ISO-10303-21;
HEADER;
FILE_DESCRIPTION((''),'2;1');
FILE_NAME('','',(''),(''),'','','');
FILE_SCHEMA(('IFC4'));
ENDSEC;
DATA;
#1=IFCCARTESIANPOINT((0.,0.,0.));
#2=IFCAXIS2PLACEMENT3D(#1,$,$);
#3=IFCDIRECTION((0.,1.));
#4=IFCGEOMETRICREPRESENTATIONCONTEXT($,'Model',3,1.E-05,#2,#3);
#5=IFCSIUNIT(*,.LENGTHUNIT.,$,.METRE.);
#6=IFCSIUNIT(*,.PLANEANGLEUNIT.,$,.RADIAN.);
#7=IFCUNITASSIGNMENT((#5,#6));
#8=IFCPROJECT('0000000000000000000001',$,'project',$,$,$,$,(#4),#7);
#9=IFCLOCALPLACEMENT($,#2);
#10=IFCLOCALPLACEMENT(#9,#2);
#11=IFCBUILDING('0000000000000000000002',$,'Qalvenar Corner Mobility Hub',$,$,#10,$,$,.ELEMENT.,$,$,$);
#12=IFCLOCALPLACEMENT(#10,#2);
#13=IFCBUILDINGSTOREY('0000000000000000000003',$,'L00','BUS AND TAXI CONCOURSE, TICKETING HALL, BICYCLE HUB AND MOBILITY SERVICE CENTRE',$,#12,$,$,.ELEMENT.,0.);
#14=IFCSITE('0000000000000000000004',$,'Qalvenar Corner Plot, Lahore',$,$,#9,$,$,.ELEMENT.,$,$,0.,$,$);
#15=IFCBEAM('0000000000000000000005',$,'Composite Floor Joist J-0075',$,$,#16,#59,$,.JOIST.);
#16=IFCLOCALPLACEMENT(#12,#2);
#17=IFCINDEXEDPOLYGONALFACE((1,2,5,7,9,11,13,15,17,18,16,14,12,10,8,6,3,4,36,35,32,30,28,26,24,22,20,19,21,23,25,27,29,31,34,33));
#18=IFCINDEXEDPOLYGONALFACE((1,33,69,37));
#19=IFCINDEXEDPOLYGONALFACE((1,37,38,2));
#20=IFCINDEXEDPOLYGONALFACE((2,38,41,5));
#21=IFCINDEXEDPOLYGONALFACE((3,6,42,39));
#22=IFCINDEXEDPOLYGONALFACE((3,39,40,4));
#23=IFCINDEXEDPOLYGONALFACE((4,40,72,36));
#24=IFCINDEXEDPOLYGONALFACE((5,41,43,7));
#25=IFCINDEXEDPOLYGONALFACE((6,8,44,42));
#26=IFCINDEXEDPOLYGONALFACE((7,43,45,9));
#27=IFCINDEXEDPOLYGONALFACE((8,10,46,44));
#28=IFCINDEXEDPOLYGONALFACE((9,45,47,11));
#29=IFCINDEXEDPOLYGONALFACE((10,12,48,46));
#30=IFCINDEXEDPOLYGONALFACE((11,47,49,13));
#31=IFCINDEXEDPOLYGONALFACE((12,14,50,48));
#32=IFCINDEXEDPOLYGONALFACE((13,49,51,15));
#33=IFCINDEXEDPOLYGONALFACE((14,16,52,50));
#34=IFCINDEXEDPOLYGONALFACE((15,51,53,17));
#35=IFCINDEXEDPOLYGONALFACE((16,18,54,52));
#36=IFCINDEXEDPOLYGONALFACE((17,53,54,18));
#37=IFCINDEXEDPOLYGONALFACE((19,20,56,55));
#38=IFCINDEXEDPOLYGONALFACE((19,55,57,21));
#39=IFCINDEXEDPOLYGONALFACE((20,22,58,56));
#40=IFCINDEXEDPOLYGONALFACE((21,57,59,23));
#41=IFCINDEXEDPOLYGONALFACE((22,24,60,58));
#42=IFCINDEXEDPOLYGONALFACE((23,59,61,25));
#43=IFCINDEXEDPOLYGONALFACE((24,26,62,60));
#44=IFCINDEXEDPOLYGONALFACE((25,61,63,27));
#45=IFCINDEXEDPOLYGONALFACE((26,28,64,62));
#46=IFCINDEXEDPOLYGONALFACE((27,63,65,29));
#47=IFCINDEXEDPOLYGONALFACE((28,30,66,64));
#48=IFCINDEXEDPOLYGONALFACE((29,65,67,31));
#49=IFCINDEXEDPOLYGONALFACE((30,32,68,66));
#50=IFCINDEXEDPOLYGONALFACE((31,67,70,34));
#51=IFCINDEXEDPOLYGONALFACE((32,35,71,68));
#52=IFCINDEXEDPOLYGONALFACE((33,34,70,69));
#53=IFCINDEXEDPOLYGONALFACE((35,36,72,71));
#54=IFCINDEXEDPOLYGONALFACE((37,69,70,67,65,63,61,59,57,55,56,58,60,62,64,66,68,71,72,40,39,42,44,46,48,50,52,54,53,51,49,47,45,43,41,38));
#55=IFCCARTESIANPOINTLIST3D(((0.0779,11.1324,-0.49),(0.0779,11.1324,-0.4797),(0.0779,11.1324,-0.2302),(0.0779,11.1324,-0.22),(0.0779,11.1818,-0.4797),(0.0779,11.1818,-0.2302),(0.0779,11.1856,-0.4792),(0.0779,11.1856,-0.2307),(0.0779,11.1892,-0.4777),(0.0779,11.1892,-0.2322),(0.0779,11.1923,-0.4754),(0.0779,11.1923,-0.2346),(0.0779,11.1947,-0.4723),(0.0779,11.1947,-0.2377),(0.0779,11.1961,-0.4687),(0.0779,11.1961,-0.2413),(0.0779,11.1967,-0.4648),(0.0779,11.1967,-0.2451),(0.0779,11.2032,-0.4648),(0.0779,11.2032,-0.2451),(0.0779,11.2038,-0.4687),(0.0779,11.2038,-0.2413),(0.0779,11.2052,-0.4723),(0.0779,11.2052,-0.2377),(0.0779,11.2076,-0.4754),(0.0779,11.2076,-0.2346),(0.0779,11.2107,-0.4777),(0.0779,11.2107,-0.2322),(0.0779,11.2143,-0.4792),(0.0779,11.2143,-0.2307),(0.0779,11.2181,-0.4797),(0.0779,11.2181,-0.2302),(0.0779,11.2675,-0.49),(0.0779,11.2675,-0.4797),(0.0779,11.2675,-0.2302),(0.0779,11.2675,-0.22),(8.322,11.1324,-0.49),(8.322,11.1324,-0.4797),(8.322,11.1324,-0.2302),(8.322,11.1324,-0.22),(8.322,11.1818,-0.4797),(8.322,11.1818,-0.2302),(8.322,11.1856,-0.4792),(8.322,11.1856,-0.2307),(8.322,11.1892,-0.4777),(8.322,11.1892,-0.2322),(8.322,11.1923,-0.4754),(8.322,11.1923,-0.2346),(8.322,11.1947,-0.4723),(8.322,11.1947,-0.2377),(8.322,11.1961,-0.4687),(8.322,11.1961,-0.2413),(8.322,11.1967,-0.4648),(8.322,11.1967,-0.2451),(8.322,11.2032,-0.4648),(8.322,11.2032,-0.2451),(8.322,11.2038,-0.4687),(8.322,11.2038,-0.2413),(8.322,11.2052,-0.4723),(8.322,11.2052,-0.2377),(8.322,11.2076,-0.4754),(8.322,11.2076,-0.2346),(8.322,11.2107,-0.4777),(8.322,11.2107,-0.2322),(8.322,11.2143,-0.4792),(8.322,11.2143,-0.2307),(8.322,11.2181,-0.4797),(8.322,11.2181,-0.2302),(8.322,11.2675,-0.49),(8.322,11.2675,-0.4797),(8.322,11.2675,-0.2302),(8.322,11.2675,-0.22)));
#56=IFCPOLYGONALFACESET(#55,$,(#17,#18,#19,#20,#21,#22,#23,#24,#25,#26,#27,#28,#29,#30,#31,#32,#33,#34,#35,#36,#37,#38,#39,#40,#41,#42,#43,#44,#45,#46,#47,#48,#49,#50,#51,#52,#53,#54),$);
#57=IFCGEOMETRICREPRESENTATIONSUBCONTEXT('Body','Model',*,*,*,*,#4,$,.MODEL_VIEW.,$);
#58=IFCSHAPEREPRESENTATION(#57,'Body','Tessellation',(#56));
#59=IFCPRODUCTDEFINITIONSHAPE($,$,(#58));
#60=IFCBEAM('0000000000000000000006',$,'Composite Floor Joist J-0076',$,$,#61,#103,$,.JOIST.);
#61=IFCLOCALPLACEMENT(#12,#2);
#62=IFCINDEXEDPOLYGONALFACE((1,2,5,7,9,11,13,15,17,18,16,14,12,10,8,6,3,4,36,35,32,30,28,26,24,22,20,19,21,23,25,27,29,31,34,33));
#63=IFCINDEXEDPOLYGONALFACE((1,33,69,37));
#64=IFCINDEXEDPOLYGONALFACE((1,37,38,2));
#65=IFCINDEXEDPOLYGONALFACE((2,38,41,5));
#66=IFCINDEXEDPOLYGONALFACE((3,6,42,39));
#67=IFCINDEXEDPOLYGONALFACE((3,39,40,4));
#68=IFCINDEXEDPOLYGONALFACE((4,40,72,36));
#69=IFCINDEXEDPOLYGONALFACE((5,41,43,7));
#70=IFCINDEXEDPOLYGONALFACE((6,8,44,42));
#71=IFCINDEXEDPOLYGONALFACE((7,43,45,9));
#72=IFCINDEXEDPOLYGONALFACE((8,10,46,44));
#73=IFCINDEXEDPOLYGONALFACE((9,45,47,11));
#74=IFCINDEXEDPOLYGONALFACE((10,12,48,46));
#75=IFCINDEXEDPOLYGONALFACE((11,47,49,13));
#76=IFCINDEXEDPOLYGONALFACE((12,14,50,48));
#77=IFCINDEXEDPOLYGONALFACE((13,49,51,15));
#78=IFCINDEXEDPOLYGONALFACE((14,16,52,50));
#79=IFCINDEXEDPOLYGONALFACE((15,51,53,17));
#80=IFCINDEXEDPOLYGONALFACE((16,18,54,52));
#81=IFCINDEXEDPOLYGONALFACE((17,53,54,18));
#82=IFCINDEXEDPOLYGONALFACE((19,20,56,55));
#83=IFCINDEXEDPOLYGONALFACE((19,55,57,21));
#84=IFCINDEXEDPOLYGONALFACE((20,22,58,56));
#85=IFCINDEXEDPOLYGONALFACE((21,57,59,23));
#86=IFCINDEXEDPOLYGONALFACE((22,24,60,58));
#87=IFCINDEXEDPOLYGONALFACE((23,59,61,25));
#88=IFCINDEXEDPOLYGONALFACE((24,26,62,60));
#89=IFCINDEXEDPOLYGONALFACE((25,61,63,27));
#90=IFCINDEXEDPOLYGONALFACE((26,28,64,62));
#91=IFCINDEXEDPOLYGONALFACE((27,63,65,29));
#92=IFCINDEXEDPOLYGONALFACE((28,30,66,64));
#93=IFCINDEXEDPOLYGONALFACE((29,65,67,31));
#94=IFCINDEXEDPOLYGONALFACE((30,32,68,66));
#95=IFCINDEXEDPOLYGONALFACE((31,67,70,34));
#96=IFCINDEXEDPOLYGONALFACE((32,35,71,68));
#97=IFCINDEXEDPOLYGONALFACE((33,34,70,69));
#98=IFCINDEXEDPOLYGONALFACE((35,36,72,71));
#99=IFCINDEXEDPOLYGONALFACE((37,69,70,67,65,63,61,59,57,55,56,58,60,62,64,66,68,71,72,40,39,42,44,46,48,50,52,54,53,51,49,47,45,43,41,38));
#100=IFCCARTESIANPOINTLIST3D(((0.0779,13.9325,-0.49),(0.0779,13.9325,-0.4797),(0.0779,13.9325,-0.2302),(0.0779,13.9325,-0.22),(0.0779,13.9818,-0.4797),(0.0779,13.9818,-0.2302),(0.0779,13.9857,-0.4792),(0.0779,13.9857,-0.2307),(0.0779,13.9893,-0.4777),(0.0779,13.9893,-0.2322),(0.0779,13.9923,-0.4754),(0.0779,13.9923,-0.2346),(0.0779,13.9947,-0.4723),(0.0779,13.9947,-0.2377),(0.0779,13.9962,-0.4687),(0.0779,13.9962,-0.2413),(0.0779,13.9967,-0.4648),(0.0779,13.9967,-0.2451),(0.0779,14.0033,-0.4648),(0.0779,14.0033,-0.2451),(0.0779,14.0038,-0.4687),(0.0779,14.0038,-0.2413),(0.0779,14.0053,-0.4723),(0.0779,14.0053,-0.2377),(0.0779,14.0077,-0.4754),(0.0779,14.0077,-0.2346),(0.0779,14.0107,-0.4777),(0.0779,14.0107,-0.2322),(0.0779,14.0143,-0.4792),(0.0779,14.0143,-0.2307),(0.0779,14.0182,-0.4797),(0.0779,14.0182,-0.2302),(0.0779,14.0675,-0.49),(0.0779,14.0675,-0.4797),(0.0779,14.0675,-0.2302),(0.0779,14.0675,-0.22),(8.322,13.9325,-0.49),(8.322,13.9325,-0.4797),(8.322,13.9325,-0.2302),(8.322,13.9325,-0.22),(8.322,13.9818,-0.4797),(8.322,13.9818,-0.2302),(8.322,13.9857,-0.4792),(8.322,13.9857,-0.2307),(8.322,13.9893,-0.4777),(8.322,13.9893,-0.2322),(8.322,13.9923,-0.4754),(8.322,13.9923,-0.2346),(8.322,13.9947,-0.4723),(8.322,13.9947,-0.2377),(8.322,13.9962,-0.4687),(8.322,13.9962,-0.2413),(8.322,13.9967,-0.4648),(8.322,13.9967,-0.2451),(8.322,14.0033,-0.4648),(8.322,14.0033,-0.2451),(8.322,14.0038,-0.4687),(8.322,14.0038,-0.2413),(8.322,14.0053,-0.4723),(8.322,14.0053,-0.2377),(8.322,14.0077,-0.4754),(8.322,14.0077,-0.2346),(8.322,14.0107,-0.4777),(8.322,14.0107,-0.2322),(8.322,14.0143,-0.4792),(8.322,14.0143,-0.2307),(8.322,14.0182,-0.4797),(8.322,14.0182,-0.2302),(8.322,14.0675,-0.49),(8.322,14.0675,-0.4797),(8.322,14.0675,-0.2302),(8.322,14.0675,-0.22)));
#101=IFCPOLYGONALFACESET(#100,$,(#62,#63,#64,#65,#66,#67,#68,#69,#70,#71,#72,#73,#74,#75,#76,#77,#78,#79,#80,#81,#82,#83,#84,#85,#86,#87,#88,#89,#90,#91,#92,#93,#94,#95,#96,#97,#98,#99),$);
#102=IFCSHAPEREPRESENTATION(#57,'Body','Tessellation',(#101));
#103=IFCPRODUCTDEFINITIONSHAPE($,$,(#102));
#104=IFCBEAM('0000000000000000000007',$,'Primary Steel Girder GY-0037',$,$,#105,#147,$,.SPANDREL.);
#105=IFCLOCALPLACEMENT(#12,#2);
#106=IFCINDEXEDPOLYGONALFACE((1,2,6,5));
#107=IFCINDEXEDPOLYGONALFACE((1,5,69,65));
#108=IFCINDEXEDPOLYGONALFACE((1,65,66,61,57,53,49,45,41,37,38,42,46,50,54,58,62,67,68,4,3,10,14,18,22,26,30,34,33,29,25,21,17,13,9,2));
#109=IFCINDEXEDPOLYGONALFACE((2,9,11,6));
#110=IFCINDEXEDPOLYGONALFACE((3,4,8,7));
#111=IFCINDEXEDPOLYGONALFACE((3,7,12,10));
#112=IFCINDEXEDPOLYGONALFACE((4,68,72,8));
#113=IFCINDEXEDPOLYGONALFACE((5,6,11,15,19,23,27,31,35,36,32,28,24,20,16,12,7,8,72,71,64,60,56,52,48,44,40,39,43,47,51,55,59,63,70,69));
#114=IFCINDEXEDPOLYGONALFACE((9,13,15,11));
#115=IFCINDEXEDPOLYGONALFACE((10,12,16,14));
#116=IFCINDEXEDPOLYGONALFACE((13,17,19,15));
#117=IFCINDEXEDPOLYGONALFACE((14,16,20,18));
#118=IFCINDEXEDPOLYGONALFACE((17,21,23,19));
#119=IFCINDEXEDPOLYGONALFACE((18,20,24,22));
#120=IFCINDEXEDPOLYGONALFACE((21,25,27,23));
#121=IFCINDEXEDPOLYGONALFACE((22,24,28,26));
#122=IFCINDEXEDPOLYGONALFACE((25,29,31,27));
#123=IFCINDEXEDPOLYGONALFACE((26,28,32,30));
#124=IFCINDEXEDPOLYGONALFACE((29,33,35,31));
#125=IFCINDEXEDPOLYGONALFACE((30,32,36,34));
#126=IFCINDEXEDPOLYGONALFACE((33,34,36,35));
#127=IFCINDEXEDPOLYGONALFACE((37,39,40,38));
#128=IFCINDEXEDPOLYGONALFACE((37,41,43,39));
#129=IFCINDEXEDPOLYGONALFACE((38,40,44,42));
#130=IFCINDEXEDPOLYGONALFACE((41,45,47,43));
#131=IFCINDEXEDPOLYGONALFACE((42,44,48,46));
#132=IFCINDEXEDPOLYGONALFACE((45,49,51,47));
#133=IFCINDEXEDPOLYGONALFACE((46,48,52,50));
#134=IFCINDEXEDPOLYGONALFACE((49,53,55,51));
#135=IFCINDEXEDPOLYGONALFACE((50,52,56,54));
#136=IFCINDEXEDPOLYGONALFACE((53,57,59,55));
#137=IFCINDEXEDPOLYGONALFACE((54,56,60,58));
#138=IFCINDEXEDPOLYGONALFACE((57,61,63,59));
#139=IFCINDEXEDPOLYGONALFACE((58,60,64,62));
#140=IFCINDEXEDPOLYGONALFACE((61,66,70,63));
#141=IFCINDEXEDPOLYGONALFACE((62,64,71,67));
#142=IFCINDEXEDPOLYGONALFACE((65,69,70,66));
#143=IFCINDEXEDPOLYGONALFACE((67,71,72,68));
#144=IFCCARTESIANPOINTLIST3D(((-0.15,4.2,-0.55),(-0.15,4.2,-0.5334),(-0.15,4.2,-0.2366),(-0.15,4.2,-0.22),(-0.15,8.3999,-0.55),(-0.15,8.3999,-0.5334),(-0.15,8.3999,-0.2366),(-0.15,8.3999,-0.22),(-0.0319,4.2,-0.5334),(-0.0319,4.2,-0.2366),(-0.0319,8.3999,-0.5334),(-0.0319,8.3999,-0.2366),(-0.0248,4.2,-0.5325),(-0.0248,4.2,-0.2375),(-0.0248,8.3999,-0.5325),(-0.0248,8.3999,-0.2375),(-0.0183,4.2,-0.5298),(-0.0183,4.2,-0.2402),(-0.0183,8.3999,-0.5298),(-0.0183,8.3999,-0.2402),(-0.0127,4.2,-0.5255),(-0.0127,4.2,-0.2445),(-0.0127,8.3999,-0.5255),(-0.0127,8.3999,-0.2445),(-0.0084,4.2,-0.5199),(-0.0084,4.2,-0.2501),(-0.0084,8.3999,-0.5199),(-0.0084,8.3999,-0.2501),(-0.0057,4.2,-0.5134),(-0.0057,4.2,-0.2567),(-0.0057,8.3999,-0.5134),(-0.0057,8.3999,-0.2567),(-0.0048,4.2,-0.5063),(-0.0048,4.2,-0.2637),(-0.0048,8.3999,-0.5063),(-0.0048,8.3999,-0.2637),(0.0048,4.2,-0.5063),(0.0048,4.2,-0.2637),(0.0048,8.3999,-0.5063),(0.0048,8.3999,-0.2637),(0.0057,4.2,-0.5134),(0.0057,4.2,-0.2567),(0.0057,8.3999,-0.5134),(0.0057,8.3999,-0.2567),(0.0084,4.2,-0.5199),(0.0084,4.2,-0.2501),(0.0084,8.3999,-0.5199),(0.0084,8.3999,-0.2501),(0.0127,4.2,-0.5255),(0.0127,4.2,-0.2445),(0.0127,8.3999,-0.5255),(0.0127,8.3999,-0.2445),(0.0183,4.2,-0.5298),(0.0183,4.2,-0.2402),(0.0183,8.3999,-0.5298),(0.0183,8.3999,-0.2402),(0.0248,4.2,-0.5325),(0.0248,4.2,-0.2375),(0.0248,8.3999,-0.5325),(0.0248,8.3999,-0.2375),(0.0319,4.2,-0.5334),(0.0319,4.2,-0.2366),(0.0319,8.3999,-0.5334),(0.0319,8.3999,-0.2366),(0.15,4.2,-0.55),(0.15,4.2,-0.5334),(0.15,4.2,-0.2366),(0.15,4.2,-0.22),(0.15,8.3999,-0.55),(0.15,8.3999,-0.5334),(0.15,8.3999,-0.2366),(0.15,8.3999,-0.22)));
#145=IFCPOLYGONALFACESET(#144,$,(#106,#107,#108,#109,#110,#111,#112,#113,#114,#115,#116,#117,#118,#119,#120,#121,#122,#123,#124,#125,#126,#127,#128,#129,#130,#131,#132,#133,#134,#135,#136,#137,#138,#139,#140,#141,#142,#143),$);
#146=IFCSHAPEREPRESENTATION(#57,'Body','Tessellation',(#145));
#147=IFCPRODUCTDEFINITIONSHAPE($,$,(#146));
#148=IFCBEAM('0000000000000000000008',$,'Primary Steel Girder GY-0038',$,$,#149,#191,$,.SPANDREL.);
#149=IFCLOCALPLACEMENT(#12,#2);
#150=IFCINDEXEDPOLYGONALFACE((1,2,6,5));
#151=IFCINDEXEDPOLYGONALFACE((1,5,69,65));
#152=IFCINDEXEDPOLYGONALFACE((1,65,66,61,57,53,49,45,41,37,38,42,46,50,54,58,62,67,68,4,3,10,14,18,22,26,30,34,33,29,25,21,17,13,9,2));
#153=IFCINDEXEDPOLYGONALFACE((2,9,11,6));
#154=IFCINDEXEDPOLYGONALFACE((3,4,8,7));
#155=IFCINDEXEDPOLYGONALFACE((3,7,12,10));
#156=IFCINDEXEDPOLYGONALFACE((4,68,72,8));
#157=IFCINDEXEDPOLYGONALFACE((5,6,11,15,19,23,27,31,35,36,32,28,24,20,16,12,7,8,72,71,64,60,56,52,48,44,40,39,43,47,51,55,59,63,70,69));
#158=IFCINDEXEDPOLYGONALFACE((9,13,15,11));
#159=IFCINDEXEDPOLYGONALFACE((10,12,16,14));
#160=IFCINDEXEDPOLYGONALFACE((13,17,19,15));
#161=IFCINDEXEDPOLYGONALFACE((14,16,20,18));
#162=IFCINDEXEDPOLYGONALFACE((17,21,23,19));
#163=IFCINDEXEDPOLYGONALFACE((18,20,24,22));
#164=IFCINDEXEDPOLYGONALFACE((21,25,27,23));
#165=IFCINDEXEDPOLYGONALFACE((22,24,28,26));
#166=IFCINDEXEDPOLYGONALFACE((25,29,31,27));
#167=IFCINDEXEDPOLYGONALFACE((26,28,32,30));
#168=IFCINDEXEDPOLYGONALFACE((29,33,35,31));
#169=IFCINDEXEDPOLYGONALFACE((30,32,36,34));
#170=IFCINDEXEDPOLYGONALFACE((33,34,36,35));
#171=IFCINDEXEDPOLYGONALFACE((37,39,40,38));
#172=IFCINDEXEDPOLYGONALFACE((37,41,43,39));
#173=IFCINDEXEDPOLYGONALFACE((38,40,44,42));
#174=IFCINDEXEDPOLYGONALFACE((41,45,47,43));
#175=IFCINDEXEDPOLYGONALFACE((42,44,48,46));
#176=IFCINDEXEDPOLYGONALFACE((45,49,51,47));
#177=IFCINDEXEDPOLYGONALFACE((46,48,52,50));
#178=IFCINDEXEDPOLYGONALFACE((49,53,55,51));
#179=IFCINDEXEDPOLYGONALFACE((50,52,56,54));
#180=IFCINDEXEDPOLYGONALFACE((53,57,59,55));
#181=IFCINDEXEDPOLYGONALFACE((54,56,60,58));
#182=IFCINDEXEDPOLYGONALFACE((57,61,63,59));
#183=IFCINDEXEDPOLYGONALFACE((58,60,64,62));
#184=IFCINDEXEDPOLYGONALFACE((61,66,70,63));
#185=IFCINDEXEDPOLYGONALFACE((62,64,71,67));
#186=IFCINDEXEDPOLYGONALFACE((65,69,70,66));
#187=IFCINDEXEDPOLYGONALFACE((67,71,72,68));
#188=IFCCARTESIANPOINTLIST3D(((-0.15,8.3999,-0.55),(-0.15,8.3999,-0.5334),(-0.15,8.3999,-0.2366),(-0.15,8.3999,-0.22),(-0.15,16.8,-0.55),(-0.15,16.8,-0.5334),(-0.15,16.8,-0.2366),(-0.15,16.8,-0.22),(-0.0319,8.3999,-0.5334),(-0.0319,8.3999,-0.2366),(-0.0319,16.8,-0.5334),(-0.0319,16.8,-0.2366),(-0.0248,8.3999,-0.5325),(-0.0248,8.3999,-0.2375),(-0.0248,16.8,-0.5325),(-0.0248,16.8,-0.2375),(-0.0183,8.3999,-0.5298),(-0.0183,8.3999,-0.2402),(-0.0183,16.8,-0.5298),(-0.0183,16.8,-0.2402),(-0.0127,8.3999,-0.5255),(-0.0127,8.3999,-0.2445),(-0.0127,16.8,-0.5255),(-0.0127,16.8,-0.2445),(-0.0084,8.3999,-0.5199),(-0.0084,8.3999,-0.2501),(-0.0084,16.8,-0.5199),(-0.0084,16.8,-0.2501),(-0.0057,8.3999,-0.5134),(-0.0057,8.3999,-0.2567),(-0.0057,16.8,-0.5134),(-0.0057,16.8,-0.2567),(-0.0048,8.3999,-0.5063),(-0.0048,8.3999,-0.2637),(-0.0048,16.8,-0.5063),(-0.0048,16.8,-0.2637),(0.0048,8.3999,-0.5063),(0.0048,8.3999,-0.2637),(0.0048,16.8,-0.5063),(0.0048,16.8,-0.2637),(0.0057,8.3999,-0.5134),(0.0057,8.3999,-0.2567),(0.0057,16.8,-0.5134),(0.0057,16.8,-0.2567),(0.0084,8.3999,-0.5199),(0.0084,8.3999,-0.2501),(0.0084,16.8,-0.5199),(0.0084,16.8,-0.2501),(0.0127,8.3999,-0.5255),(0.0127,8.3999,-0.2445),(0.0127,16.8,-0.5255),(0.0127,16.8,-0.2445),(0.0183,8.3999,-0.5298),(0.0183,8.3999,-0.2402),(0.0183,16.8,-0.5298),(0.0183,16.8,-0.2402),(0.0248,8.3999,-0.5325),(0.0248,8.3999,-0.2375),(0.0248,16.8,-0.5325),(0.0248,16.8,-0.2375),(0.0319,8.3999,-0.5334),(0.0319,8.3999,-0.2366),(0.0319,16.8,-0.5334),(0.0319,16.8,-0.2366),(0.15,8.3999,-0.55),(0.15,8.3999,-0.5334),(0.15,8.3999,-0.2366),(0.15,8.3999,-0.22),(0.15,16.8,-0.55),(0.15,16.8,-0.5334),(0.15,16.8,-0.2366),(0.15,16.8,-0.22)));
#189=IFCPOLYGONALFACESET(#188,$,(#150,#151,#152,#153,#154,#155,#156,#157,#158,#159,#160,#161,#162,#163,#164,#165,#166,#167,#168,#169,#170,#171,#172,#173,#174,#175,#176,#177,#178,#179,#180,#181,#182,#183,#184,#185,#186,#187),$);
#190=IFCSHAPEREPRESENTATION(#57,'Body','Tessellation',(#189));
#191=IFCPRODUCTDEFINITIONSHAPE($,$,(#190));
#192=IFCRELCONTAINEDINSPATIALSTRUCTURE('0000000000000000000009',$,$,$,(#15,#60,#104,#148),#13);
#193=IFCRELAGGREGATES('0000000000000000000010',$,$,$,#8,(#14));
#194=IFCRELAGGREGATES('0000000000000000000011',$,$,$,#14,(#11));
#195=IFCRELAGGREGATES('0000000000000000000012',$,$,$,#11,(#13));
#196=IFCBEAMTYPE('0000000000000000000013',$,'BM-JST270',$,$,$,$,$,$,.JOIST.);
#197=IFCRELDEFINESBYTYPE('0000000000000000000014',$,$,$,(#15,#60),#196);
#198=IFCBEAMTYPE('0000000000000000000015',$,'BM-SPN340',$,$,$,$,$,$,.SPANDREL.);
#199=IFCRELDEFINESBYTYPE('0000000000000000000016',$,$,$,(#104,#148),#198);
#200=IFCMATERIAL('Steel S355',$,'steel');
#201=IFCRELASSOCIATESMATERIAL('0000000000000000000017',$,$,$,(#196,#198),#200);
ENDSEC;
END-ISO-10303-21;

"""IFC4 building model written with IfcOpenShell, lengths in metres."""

from ifc_helpers import new_model, si_unit, direction, frame, origin, origin_2d, place, context, subcontext, project, spatial, i_section, extrude, material, material_profile, profile_set, type_object, element, save


model = new_model("IFC4")

# Units and contexts
model_context = context("Model", 3, precision=1e-05, world=origin(), true_north=direction((0.0, 1.0)))
body_context = subcontext(model_context, "Body", "Model", "MODEL_VIEW")
ifc_project = project(units=[si_unit("LENGTHUNIT", "METRE"), si_unit("PLANEANGLEUNIT", "RADIAN")], contexts=[model_context])

# Site, building, storey
site_placement = place(None, origin())
site = spatial("IfcSite", under=ifc_project, at=site_placement, Name="Qalvenar Corner Plot, Lahore", CompositionType="ELEMENT", RefElevation=0.0)
building_placement = place(site_placement, origin())
building = spatial("IfcBuilding", under=site, at=building_placement, Name="Qalvenar Corner Mobility Hub", CompositionType="ELEMENT")
storey_placement = place(building_placement, origin())
storey = spatial("IfcBuildingStorey", under=building, at=storey_placement, Name="L00", Description="BUS AND TAXI CONCOURSE, TICKETING HALL, BICYCLE HUB AND MOBILITY SERVICE CENTRE", CompositionType="ELEMENT", Elevation=0.0)

# Shared definitions
ifc_material_1 = material(Name="Steel S355", Category="steel")

# Beams
ifc_material_profile_1 = material_profile(ifc_material_1, i_section(OverallWidth=0.135, OverallDepth=0.27, WebThickness=0.0066, FlangeThickness=0.0103, FilletRadius=0.0149, at=origin_2d()), Name="IPE270")
ifc_profile_set_1 = profile_set([ifc_material_profile_1], Name="Steel S355")
beam_type_1 = type_object("IfcBeamType", Name="BM-JST270", PredefinedType="JOIST", material=ifc_profile_set_1)
for number, where, z_axis, x_axis, name in (
    (1, (0.0779, 11.2, -0.355), (1.0, 0.0, 0.0), (0.0, 1.0, 0.0), "Composite Floor Joist J-0075"),
    (2, (0.0779, 14.0, -0.355), (1.0, 0.0, 0.0), (0.0, 1.0, 0.0), "Composite Floor Joist J-0076"),
):
    element("IfcBeam", number, at=place(storey_placement, frame(where, z_axis=z_axis, x_axis=x_axis)), inside=storey, type_object=beam_type_1, Name=name, PredefinedType="JOIST", context=body_context, shape_type="SweptSolid", body=[
        extrude(i_section(OverallWidth=0.135, OverallDepth=0.27, WebThickness=0.0066, FlangeThickness=0.0103, FilletRadius=0.0149, at=origin_2d()), origin(), (0.0, 0.0, 1.0), 8.2441),
    ])
ifc_material_profile_2 = material_profile(ifc_material_1, i_section(OverallWidth=0.3, OverallDepth=0.3301, WebThickness=0.0095, FlangeThickness=0.0166, FilletRadius=0.0271, at=origin_2d()), Name="HEA340")
ifc_profile_set_2 = profile_set([ifc_material_profile_2], Name="Steel S355")
beam_type_2 = type_object("IfcBeamType", Name="BM-SPN340", PredefinedType="SPANDREL", material=ifc_profile_set_2)
beam_1_placement = place(storey_placement, frame((0.0, 4.2, -0.385), z_axis=(0.0, 1.0, 0.0), x_axis=(-1.0, 0.0, 0.0)))
element("IfcBeam", 3, at=beam_1_placement, inside=storey, type_object=beam_type_2, Name="Primary Steel Girder GY-0037", PredefinedType="SPANDREL", context=body_context, shape_type="SweptSolid", body=[
    extrude(i_section(OverallWidth=0.3, OverallDepth=0.3301, WebThickness=0.0095, FlangeThickness=0.0166, FilletRadius=0.0271, at=origin_2d()), origin(), (0.0, 0.0, 1.0), 4.2),
])
beam_2_placement = place(storey_placement, frame((0.0, 8.3999, -0.385), z_axis=(0.0, 1.0, 0.0), x_axis=(-1.0, 0.0, 0.0)))
element("IfcBeam", 4, at=beam_2_placement, inside=storey, type_object=beam_type_2, Name="Primary Steel Girder GY-0038", PredefinedType="SPANDREL", context=body_context, shape_type="SweptSolid", body=[
    extrude(i_section(OverallWidth=0.3, OverallDepth=0.3301, WebThickness=0.0095, FlangeThickness=0.0166, FilletRadius=0.0271, at=origin_2d()), origin(), (0.0, 0.0, 1.0), 8.4001),
])

save(model, "model.ifc")
